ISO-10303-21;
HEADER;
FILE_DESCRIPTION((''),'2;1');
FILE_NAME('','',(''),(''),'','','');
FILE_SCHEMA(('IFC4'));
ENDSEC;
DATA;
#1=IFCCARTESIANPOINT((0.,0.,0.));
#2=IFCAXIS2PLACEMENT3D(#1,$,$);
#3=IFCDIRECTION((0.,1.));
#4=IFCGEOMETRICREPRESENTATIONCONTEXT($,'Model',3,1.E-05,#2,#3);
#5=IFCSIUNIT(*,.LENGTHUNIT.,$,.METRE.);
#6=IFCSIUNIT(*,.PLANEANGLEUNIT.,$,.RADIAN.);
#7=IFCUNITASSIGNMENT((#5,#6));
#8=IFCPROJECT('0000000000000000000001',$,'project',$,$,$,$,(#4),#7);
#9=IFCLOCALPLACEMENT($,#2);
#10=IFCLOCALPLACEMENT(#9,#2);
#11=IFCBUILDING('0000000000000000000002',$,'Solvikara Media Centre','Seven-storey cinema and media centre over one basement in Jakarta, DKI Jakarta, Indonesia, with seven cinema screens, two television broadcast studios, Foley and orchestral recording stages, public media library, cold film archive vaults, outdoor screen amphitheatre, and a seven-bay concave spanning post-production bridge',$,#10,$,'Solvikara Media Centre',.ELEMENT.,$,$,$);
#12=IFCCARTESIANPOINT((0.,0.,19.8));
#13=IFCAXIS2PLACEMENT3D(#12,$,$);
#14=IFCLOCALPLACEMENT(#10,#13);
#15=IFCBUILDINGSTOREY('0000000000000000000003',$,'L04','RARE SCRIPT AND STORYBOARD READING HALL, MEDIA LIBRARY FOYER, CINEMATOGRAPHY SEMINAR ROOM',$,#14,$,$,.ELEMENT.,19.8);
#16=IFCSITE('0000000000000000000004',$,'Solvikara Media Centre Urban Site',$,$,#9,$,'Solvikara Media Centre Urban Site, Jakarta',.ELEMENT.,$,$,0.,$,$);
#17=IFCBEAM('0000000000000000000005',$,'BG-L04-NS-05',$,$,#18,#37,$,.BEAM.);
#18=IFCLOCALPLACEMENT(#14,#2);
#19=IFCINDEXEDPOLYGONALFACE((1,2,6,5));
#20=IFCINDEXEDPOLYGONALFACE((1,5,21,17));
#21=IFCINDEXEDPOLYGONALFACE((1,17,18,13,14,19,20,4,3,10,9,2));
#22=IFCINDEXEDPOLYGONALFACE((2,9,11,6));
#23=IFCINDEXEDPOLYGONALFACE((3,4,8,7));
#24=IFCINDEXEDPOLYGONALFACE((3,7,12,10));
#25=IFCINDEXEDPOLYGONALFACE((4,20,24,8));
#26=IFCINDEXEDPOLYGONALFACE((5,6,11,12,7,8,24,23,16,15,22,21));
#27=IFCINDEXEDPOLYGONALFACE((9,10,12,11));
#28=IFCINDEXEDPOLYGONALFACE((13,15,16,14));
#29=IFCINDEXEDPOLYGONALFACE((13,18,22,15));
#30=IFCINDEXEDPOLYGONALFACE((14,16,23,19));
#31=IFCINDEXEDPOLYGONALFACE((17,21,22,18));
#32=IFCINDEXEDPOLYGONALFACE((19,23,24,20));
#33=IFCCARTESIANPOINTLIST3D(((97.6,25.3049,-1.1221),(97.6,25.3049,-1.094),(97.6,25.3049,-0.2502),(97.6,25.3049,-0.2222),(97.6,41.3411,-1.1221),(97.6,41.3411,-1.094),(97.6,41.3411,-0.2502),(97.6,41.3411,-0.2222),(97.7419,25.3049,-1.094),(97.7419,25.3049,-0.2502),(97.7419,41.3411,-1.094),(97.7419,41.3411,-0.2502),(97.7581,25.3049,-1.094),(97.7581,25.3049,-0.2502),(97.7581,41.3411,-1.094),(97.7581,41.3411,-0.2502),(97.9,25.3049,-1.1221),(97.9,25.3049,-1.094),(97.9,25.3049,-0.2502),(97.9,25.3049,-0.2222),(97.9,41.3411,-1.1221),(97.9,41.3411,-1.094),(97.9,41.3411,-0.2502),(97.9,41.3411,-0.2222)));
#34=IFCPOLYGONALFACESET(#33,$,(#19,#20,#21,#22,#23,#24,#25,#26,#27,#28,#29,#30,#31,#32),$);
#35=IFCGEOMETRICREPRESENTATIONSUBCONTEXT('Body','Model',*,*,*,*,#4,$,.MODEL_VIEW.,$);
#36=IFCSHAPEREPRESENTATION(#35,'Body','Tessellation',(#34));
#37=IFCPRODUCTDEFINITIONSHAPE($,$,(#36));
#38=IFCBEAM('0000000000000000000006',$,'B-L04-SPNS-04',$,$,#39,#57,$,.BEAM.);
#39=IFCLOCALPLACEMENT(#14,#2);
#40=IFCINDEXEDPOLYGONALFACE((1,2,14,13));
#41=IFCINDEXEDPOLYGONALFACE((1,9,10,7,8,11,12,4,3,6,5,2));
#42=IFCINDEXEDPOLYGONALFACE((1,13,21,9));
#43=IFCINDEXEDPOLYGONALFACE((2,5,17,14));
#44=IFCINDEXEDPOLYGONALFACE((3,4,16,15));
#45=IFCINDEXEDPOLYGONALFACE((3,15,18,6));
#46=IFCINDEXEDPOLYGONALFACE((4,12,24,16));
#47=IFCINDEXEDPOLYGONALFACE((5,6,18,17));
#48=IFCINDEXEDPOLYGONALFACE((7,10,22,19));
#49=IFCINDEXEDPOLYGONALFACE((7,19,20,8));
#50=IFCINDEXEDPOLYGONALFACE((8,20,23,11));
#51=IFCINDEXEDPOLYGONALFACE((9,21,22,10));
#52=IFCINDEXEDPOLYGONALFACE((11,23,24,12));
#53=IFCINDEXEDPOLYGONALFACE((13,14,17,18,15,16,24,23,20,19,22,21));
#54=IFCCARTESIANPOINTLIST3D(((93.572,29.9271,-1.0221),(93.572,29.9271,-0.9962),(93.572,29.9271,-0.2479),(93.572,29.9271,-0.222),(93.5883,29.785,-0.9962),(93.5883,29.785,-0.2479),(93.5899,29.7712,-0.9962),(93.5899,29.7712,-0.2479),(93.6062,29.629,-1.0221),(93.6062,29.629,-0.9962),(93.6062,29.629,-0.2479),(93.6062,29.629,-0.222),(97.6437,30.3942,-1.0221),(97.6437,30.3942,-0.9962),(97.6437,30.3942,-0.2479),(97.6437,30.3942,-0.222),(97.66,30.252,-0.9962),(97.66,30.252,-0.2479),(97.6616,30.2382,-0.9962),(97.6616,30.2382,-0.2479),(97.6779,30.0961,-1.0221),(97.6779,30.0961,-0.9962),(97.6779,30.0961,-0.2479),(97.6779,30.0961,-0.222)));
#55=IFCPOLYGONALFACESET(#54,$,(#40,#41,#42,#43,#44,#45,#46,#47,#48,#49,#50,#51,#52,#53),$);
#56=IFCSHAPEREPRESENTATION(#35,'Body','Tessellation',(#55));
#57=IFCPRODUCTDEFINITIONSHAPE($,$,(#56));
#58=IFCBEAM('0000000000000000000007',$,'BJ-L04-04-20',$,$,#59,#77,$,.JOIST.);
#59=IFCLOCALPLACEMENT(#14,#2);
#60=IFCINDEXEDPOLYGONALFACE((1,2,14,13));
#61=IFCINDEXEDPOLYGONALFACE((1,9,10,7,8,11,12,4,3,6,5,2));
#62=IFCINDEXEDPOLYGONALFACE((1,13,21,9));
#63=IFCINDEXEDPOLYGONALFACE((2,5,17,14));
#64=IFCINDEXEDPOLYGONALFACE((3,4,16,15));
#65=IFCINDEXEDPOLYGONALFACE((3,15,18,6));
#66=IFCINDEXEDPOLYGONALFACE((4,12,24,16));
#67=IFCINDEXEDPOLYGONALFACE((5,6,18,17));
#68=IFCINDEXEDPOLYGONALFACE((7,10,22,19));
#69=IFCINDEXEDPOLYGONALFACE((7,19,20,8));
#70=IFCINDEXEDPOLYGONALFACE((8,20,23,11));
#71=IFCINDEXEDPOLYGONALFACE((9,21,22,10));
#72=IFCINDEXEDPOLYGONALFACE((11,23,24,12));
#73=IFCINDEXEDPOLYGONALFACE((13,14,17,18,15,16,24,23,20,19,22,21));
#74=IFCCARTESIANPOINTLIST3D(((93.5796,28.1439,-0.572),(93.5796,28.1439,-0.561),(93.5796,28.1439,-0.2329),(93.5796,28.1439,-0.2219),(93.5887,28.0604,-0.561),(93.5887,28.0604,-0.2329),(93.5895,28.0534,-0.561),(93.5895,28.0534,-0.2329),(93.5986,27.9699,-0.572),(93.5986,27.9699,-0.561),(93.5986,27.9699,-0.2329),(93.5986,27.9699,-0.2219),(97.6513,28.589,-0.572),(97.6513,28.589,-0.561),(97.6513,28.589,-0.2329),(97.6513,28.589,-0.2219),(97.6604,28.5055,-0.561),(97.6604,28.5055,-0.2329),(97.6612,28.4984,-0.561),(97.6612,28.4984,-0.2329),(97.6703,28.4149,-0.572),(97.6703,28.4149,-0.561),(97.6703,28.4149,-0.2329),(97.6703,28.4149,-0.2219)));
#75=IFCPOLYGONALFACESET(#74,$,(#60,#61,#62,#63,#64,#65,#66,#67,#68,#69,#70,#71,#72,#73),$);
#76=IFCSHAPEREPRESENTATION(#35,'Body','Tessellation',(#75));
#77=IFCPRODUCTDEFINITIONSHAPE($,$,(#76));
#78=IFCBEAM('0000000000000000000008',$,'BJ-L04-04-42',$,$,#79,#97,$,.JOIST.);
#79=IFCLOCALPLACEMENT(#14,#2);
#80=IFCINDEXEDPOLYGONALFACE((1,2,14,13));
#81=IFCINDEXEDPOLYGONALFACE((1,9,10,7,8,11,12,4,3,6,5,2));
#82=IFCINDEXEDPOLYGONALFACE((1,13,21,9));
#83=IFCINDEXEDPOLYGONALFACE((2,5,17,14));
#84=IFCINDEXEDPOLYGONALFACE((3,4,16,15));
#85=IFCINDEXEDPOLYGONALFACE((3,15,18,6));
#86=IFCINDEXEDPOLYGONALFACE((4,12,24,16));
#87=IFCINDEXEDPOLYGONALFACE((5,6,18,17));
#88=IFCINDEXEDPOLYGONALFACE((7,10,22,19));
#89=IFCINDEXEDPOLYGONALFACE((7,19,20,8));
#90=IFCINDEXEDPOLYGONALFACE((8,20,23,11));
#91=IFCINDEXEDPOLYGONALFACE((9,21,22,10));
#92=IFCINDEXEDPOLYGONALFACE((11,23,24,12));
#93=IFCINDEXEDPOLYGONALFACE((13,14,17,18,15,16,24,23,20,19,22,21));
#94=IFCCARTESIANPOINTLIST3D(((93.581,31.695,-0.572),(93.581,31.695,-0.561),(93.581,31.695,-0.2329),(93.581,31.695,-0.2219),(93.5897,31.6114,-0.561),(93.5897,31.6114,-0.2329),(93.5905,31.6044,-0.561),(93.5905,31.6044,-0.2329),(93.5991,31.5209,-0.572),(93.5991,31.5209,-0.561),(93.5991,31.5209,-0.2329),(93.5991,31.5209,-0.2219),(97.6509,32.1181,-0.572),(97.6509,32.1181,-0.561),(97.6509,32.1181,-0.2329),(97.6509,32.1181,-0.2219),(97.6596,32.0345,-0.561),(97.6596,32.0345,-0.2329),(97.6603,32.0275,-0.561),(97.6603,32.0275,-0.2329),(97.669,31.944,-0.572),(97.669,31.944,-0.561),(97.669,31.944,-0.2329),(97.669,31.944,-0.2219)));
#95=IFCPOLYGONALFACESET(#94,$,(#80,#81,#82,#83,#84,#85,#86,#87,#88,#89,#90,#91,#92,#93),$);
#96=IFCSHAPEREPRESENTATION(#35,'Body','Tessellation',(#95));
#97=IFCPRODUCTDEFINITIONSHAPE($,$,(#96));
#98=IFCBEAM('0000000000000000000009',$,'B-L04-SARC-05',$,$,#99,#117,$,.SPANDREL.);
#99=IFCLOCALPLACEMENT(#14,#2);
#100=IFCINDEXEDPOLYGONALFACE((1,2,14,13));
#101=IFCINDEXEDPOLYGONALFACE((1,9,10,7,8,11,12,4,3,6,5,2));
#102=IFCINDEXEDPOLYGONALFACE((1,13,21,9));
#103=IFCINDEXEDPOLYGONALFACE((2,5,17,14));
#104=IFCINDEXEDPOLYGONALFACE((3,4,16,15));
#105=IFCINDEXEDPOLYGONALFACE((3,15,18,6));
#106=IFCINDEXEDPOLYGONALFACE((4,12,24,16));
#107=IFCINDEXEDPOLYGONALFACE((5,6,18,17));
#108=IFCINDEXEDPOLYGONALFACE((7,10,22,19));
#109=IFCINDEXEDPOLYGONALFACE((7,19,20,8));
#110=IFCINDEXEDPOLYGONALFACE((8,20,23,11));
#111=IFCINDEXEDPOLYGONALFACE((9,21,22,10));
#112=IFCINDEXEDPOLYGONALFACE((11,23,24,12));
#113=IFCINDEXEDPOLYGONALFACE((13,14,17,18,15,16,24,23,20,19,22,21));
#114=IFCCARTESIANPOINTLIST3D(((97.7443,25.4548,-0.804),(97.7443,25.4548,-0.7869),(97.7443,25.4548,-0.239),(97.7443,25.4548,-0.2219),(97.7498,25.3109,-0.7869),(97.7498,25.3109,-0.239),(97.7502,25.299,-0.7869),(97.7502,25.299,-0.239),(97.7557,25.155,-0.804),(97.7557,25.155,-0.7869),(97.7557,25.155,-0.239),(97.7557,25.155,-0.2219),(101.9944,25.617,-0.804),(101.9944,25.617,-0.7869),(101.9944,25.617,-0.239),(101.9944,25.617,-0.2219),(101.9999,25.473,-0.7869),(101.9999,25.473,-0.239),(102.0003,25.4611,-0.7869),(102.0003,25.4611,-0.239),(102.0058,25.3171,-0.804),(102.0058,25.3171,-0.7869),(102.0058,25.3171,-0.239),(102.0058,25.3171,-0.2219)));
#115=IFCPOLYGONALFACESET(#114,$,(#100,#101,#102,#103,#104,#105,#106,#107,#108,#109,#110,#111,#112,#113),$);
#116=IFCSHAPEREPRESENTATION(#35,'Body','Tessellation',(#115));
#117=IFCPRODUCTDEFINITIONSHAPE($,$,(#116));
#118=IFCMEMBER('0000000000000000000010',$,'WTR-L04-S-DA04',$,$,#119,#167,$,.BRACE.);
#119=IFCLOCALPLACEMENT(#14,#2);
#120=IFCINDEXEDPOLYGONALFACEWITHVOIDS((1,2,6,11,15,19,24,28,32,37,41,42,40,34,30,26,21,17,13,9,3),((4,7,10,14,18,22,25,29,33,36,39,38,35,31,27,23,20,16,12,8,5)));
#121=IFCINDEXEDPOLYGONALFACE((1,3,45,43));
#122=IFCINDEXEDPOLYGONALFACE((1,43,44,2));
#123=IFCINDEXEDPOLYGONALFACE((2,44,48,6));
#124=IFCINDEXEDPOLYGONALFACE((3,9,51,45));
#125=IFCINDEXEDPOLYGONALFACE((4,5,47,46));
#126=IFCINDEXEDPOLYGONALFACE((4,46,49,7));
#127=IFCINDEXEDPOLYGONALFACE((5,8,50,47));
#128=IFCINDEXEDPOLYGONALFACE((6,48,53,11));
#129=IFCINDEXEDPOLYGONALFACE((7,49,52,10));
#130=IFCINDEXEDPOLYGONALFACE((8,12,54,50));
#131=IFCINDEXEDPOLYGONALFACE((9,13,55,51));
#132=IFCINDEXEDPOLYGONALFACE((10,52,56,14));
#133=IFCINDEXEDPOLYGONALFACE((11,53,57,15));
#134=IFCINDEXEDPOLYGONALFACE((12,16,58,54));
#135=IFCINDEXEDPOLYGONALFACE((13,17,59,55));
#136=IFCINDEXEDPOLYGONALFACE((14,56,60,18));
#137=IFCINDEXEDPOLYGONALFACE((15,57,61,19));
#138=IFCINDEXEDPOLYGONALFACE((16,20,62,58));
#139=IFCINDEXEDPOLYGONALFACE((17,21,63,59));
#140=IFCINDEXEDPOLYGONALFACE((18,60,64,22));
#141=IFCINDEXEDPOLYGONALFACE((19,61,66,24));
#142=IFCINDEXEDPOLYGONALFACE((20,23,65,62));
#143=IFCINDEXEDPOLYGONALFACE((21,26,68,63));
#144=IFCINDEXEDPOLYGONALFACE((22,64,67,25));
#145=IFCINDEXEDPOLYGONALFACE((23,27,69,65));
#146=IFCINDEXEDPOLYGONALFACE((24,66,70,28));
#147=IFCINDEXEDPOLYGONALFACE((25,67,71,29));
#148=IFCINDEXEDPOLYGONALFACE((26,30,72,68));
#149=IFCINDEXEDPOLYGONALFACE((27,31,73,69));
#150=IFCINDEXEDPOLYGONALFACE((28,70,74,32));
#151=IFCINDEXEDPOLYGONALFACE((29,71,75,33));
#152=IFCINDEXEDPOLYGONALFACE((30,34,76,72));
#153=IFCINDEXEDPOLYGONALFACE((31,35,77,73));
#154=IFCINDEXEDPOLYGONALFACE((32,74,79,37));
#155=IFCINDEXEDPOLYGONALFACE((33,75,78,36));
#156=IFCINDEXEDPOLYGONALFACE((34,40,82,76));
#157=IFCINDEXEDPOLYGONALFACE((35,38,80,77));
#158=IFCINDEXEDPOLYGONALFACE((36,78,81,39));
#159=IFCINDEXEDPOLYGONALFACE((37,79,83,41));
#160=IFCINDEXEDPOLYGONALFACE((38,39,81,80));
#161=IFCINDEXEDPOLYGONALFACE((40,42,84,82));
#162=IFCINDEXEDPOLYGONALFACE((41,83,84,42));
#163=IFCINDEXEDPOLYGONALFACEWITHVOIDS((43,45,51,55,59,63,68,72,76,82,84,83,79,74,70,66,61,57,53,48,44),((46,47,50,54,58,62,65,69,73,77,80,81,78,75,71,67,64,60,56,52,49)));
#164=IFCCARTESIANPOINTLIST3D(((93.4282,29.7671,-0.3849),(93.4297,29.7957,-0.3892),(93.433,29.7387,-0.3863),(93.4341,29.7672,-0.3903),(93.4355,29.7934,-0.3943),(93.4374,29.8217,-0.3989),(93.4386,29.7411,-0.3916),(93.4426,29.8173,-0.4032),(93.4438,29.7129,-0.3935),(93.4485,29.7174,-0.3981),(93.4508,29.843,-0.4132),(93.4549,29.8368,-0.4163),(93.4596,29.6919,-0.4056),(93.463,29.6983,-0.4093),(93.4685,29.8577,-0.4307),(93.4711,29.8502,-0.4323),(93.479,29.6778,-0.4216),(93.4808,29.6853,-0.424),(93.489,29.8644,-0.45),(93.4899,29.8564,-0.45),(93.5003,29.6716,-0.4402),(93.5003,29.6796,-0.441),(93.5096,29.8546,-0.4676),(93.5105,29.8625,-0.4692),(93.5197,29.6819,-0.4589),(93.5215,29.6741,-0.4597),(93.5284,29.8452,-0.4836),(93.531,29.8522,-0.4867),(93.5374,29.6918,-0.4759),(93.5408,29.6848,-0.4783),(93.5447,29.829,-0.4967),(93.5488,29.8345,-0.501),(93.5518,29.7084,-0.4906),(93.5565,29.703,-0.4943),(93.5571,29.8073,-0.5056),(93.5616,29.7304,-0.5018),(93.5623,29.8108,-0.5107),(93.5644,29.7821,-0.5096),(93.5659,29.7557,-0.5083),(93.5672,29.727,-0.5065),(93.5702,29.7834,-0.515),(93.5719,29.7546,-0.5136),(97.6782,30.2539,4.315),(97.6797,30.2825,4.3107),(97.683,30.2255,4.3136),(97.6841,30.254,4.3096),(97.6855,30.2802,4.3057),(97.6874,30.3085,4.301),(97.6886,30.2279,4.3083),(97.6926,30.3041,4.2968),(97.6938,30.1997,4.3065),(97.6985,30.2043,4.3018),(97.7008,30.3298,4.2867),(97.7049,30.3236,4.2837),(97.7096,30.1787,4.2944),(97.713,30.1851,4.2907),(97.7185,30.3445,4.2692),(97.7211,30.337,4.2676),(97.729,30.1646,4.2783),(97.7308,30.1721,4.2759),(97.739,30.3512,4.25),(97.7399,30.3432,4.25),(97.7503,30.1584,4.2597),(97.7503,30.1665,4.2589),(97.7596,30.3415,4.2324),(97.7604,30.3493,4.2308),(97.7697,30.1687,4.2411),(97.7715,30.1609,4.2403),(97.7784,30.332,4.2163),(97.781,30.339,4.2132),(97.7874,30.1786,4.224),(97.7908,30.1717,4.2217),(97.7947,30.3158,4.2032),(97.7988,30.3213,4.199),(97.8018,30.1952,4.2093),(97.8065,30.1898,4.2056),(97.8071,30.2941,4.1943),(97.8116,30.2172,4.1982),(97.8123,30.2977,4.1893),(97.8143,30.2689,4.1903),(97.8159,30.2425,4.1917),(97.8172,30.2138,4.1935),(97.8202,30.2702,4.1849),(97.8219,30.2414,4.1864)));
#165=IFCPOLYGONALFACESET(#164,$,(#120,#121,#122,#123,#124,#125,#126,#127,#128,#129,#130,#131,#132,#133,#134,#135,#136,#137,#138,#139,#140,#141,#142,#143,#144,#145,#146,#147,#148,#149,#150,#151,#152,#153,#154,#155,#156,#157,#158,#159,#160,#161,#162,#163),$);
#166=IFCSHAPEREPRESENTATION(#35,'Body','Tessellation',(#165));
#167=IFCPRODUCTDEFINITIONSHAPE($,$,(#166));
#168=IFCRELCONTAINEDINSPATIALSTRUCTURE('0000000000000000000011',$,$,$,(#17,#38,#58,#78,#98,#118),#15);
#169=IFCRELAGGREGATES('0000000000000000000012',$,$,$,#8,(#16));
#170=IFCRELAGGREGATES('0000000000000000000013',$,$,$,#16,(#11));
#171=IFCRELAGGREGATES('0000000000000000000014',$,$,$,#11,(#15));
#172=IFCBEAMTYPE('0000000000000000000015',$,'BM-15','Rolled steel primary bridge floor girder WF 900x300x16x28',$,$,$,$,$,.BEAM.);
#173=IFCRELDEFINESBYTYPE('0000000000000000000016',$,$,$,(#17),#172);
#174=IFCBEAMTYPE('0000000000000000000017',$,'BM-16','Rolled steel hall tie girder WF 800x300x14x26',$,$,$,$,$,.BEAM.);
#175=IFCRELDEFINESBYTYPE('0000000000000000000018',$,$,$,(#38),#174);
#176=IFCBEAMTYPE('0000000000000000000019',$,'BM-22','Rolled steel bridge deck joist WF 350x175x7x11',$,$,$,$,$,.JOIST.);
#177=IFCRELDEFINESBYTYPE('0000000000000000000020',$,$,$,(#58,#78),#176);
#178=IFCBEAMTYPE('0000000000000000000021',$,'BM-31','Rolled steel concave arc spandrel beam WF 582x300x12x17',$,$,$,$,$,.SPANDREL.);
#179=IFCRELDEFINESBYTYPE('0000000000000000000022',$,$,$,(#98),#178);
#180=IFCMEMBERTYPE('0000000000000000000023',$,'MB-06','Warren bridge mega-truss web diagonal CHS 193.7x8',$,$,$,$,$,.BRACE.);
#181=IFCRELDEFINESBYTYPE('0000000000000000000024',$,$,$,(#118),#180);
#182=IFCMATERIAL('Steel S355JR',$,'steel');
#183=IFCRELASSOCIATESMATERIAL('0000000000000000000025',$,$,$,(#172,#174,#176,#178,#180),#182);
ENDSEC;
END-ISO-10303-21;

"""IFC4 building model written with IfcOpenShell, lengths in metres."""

from ifc_helpers import new_model, si_unit, direction, frame, origin, origin_2d, place, context, subcontext, project, spatial, hollow_circle, i_section, extrude, material, material_profile, profile_set, type_object, element, save


model = new_model("IFC4")

# Units and contexts
model_context = context("Model", 3, precision=1e-05, world=origin(), true_north=direction((0.0, 1.0)))
body_context = subcontext(model_context, "Body", "Model", "MODEL_VIEW")
ifc_project = project(units=[si_unit("LENGTHUNIT", "METRE"), si_unit("PLANEANGLEUNIT", "RADIAN")], contexts=[model_context])

# Site, building, storey
site_placement = place(None, origin())
site = spatial("IfcSite", under=ifc_project, at=site_placement, Name="Solvikara Media Centre Urban Site", LongName="Solvikara Media Centre Urban Site, Jakarta", CompositionType="ELEMENT", RefElevation=0.0)
building_placement = place(site_placement, origin())
building = spatial("IfcBuilding", under=site, at=building_placement, Name="Solvikara Media Centre", Description="Seven-storey cinema and media centre over one basement in Jakarta, DKI Jakarta, Indonesia, with seven cinema screens, two television broadcast studios, Foley and orchestral recording stages, public media library, cold film archive vaults, outdoor screen amphitheatre, and a seven-bay concave spanning post-production bridge", LongName="Solvikara Media Centre", CompositionType="ELEMENT")
storey_placement = place(building_placement, frame((0.0, 0.0, 19.8)))
storey = spatial("IfcBuildingStorey", under=building, at=storey_placement, Name="L04", Description="RARE SCRIPT AND STORYBOARD READING HALL, MEDIA LIBRARY FOYER, CINEMATOGRAPHY SEMINAR ROOM", CompositionType="ELEMENT", Elevation=19.8)

# Beams
ifc_material_1 = material(Name="Steel S355JR", Category="steel")
ifc_material_profile_1 = material_profile(ifc_material_1, i_section(OverallWidth=0.3, OverallDepth=0.8999, WebThickness=0.0161, FlangeThickness=0.0281, at=origin_2d()), Name="WF 900x300x16x28")
ifc_profile_set_1 = profile_set([ifc_material_profile_1], Name="Steel S355JR")
beam_type_1 = type_object("IfcBeamType", Name="BM-15", Description="Rolled steel primary bridge floor girder WF 900x300x16x28", PredefinedType="BEAM", material=ifc_profile_set_1)
beam_1_placement = place(storey_placement, frame((97.75, 25.3049, -0.6721), z_axis=(0.0, 1.0, 0.0), x_axis=(-1.0, 0.0, 0.0)))
element("IfcBeam", 1, at=beam_1_placement, inside=storey, type_object=beam_type_1, Name="BG-L04-NS-05", PredefinedType="BEAM", context=body_context, shape_type="SweptSolid", body=[
    extrude(i_section(OverallWidth=0.3, OverallDepth=0.8999, WebThickness=0.0161, FlangeThickness=0.0281, at=origin_2d()), origin(), (0.0, 0.0, 1.0), 16.0361),
])
ifc_material_profile_2 = material_profile(ifc_material_1, i_section(OverallWidth=0.3, OverallDepth=0.8, WebThickness=0.0139, FlangeThickness=0.0259, at=origin_2d()), Name="WF 800x300x14x26")
ifc_profile_set_2 = profile_set([ifc_material_profile_2], Name="Steel S355JR")
beam_type_2 = type_object("IfcBeamType", Name="BM-16", Description="Rolled steel hall tie girder WF 800x300x14x26", PredefinedType="BEAM", material=ifc_profile_set_2)
beam_2_placement = place(storey_placement, frame((93.5891, 29.7781, -0.6221), z_axis=(0.993486, 0.113955, 0.0), x_axis=(-0.113955, 0.993486, 0.0)))
element("IfcBeam", 2, at=beam_2_placement, inside=storey, type_object=beam_type_2, Name="B-L04-SPNS-04", PredefinedType="BEAM", context=body_context, shape_type="SweptSolid", body=[
    extrude(i_section(OverallWidth=0.3, OverallDepth=0.8, WebThickness=0.0139, FlangeThickness=0.0259, at=origin_2d()), origin(), (0.0, 0.0, 1.0), 4.0984),
])
ifc_material_profile_3 = material_profile(ifc_material_1, i_section(OverallWidth=0.175, OverallDepth=0.3501, WebThickness=0.0071, FlangeThickness=0.011, at=origin_2d()), Name="WF 350x175x7x11")
ifc_profile_set_3 = profile_set([ifc_material_profile_3], Name="Steel S355JR")
beam_type_3 = type_object("IfcBeamType", Name="BM-22", Description="Rolled steel bridge deck joist WF 350x175x7x11", PredefinedType="JOIST", material=ifc_profile_set_3)
beam_3_placement = place(storey_placement, frame((93.5891, 28.0569, -0.397), z_axis=(0.994079, 0.108658, 0.0), x_axis=(-0.108658, 0.994079, 0.0)))
element("IfcBeam", 3, at=beam_3_placement, inside=storey, type_object=beam_type_3, Name="BJ-L04-04-20", PredefinedType="JOIST", context=body_context, shape_type="SweptSolid", body=[
    extrude(i_section(OverallWidth=0.175, OverallDepth=0.3501, WebThickness=0.0071, FlangeThickness=0.011, at=origin_2d()), origin(), (0.0, 0.0, 1.0), 4.0959),
])
beam_4_placement = place(storey_placement, frame((93.5901, 31.6079, -0.397), z_axis=(0.99464, 0.103402, 0.0), x_axis=(-0.103402, 0.99464, 0.0)))
element("IfcBeam", 4, at=beam_4_placement, inside=storey, type_object=beam_type_3, Name="BJ-L04-04-42", PredefinedType="JOIST", context=body_context, shape_type="SweptSolid", body=[
    extrude(i_section(OverallWidth=0.175, OverallDepth=0.3501, WebThickness=0.0071, FlangeThickness=0.011, at=origin_2d()), origin(), (0.0, 0.0, 1.0), 4.0918),
])
ifc_material_profile_4 = material_profile(ifc_material_1, i_section(OverallWidth=0.3, OverallDepth=0.582, WebThickness=0.012, FlangeThickness=0.0171, at=origin_2d()), Name="WF 582x300x12x17")
ifc_profile_set_4 = profile_set([ifc_material_profile_4], Name="Steel S355JR")
beam_type_4 = type_object("IfcBeamType", Name="BM-31", Description="Rolled steel concave arc spandrel beam WF 582x300x12x17", PredefinedType="SPANDREL", material=ifc_profile_set_4)
beam_5_placement = place(storey_placement, frame((97.75, 25.3049, -0.5129), z_axis=(0.999273, 0.038116, 0.0), x_axis=(-0.038116, 0.999273, 0.0)))
element("IfcBeam", 5, at=beam_5_placement, inside=storey, type_object=beam_type_4, Name="B-L04-SARC-05", PredefinedType="SPANDREL", context=body_context, shape_type="SweptSolid", body=[
    extrude(i_section(OverallWidth=0.3, OverallDepth=0.582, WebThickness=0.012, FlangeThickness=0.0171, at=origin_2d()), origin(), (0.0, 0.0, 1.0), 4.2532),
])

# Member
ifc_material_profile_5 = material_profile(ifc_material_1, hollow_circle(Radius=0.0969, WallThickness=0.0081, at=origin_2d()), Name="CHS 193.7x8")
ifc_profile_set_5 = profile_set([ifc_material_profile_5], Name="Steel S355JR")
member_type_1 = type_object("IfcMemberType", Name="MB-06", Description="Warren bridge mega-truss web diagonal CHS 193.7x8", PredefinedType="BRACE", material=ifc_profile_set_5)
member_1_placement = place(storey_placement, frame((93.5, 29.7681, -0.45), z_axis=(0.66874, 0.076601, 0.73954), x_axis=(-0.113801, 0.993504, 0.0)))
element("IfcMember", 6, at=member_1_placement, inside=storey, type_object=member_type_1, Name="WTR-L04-S-DA04", PredefinedType="BRACE", context=body_context, shape_type="SweptSolid", body=[
    extrude(hollow_circle(Radius=0.0969, WallThickness=0.0081, at=origin_2d()), origin(), (0.0, 0.0, 1.0), 6.3552),
])

save(model, "model.ifc")
